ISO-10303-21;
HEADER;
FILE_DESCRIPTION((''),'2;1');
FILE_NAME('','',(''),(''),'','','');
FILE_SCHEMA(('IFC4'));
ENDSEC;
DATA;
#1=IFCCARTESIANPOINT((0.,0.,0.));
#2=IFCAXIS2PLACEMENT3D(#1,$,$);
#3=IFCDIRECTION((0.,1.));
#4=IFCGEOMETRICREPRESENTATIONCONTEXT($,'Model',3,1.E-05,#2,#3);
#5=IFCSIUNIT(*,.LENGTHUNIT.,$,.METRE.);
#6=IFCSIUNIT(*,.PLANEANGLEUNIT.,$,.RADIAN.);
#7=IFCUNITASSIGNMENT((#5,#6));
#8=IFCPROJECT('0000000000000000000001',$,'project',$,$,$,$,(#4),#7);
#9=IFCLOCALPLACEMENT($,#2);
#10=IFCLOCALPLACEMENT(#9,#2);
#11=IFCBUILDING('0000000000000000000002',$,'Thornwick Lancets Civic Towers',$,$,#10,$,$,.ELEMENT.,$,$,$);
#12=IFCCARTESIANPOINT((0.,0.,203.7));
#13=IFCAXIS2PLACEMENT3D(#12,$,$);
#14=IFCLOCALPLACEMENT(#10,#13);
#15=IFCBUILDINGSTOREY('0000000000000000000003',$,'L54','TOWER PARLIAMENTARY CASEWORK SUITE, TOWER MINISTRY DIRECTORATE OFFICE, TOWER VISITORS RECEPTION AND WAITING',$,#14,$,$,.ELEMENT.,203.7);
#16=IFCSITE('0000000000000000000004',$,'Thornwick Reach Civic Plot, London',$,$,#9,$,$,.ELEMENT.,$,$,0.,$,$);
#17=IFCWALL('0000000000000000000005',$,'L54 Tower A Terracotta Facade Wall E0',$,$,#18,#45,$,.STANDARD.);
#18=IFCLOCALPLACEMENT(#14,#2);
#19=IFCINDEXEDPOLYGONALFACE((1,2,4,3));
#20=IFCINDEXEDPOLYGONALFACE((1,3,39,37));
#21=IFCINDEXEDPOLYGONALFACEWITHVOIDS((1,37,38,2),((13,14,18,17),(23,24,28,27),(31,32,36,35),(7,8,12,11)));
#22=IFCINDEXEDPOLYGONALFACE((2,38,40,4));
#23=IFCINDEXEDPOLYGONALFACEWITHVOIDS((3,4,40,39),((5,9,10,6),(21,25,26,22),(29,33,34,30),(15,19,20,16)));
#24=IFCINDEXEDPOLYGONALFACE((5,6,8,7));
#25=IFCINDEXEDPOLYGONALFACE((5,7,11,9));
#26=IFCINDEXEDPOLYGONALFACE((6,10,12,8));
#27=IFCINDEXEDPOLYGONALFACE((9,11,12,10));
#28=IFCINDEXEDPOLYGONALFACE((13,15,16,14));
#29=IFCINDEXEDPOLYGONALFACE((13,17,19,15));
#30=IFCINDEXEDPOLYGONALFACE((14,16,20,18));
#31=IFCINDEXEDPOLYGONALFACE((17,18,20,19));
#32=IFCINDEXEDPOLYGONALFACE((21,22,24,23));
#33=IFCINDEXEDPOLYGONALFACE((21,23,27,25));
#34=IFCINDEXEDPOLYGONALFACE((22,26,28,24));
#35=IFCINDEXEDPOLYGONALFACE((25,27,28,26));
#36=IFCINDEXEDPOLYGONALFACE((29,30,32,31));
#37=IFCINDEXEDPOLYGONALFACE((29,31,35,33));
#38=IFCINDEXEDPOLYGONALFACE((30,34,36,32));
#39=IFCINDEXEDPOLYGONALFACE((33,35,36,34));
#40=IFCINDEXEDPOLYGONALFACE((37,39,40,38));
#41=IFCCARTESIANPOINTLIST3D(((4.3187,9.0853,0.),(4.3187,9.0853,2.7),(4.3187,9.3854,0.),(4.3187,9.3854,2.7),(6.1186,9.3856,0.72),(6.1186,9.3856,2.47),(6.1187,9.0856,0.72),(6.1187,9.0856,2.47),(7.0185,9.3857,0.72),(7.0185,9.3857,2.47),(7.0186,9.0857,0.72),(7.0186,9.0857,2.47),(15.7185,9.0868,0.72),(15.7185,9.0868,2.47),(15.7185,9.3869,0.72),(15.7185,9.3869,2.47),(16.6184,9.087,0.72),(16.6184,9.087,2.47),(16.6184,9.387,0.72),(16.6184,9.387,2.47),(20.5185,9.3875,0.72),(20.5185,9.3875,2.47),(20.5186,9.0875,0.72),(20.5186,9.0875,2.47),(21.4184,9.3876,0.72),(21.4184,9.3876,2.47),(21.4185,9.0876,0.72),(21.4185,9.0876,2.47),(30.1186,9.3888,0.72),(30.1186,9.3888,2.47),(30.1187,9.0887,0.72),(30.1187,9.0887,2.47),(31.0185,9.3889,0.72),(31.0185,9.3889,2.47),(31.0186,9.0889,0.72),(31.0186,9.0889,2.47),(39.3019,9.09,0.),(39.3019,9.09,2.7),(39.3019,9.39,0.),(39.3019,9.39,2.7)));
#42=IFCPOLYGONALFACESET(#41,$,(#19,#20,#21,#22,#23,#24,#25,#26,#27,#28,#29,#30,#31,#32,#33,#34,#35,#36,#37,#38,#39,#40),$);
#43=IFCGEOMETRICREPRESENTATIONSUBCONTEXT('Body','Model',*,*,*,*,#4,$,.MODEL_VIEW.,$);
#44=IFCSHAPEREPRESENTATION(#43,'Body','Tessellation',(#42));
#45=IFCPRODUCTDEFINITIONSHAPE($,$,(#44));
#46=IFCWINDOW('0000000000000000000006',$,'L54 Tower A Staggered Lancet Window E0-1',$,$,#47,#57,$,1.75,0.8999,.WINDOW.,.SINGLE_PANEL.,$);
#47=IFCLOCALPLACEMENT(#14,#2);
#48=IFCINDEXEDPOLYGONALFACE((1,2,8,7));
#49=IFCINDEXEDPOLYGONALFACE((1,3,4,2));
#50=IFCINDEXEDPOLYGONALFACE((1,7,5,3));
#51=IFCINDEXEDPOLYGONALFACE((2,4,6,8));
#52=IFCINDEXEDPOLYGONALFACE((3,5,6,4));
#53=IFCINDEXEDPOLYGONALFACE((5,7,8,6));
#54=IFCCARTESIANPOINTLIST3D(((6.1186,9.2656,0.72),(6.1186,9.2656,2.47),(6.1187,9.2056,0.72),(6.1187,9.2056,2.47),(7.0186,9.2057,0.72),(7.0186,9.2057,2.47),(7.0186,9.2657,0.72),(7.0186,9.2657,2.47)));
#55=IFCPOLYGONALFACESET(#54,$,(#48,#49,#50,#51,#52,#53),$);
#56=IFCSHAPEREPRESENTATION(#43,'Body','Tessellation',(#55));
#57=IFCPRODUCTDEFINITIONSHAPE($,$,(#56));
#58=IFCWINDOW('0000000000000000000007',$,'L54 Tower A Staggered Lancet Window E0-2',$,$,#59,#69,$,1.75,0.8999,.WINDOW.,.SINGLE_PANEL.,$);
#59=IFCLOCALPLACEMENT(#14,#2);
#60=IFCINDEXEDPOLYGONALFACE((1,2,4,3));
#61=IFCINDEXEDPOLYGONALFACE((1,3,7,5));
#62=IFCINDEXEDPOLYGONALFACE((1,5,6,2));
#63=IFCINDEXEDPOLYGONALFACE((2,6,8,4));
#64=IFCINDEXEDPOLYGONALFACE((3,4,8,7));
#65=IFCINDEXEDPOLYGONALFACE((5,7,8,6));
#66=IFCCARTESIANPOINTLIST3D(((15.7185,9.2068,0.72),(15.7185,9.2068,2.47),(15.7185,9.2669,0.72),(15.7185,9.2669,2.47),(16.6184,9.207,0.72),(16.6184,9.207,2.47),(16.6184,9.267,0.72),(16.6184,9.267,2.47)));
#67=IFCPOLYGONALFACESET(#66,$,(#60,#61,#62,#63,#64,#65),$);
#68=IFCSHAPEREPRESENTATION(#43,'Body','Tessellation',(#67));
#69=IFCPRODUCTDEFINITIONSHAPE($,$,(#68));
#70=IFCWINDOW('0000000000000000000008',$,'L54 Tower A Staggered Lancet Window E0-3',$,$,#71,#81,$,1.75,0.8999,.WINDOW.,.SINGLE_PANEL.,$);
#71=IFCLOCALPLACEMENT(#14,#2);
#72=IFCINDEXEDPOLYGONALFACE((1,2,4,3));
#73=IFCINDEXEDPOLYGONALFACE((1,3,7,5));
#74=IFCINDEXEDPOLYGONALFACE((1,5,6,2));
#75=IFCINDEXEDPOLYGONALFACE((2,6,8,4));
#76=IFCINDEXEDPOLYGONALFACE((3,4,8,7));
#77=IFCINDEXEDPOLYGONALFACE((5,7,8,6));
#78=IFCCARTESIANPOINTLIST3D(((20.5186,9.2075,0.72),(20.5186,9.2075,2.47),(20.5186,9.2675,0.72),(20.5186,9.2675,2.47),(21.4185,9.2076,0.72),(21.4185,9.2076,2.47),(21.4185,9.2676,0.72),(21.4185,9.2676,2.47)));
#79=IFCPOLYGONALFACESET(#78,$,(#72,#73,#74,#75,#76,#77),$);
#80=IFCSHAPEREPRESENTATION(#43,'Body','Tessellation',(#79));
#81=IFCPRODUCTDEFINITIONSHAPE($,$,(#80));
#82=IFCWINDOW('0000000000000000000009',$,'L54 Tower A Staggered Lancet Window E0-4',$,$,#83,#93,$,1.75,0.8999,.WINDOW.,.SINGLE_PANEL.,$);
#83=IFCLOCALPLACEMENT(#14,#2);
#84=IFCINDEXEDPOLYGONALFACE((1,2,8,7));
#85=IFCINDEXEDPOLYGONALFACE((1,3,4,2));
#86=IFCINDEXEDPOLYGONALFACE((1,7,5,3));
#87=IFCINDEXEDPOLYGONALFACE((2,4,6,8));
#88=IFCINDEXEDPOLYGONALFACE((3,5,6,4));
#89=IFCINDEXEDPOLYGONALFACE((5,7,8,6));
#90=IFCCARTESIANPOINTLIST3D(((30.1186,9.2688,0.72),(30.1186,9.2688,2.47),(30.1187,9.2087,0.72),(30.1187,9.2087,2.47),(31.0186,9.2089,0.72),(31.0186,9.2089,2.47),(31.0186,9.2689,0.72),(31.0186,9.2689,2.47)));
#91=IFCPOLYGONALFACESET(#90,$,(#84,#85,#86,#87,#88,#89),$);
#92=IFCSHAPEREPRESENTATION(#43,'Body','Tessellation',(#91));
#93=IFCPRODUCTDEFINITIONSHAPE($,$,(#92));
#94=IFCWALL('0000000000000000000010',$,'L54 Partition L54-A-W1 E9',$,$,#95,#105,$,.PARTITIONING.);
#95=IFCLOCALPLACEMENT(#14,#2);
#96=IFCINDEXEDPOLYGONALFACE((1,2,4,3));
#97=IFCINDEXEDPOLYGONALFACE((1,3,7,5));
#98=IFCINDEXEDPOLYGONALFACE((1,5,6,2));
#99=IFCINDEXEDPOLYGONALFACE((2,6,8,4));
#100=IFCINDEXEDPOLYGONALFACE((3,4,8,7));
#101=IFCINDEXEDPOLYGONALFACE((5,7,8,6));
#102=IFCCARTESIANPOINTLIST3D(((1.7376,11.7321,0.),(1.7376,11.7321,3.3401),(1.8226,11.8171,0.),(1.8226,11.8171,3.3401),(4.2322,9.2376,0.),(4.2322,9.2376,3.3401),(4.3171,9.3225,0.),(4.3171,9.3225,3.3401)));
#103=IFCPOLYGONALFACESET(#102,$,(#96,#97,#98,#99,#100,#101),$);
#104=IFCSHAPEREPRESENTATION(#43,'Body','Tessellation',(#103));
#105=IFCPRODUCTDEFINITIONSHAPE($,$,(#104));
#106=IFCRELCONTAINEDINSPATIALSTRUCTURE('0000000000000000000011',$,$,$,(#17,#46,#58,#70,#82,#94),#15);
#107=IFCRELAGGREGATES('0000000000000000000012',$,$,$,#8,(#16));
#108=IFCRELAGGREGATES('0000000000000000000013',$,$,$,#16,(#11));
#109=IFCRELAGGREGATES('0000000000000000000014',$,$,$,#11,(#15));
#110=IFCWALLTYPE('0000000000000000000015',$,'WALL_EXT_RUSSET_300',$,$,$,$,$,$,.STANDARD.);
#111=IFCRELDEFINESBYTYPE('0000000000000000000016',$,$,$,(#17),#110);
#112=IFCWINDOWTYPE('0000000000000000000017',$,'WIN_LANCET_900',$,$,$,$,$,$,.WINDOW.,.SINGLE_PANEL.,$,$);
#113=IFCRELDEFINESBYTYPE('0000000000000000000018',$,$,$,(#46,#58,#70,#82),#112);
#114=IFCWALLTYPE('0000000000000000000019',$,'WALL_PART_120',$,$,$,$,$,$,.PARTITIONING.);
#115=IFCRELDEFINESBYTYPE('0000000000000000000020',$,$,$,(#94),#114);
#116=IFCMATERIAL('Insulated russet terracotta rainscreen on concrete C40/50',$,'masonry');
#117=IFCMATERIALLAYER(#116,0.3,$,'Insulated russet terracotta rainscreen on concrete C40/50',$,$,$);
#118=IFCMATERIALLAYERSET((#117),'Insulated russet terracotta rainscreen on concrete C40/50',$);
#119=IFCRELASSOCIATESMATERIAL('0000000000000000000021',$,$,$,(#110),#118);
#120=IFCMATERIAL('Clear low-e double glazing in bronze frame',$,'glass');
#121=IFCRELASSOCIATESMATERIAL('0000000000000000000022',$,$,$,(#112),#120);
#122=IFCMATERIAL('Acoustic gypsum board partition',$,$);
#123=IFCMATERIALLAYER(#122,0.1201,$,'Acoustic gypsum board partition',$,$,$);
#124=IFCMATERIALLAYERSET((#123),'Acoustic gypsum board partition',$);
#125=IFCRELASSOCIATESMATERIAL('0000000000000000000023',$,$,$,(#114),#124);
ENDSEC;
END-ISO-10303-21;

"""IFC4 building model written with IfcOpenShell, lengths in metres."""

from ifc_helpers import new_model, si_unit, direction, frame, frame_2d, origin, place, context, subcontext, project, spatial, rectangle, extrude, material, layer, layer_set, type_object, element, fill, save


model = new_model("IFC4")

# Units and contexts
model_context = context("Model", 3, precision=1e-05, world=origin(), true_north=direction((0.0, 1.0)))
body_context = subcontext(model_context, "Body", "Model", "MODEL_VIEW")
ifc_project = project(units=[si_unit("LENGTHUNIT", "METRE"), si_unit("PLANEANGLEUNIT", "RADIAN")], contexts=[model_context])

# Site, building, storey
site_placement = place(None, origin())
site = spatial("IfcSite", under=ifc_project, at=site_placement, Name="Thornwick Reach Civic Plot, London", CompositionType="ELEMENT", RefElevation=0.0)
building_placement = place(site_placement, origin())
building = spatial("IfcBuilding", under=site, at=building_placement, Name="Thornwick Lancets Civic Towers", CompositionType="ELEMENT")
storey_placement = place(building_placement, frame((0.0, 0.0, 203.7)))
storey = spatial("IfcBuildingStorey", under=building, at=storey_placement, Name="L54", Description="TOWER PARLIAMENTARY CASEWORK SUITE, TOWER MINISTRY DIRECTORATE OFFICE, TOWER VISITORS RECEPTION AND WAITING", CompositionType="ELEMENT", Elevation=203.7)

# Wall, openings, windows
ifc_material_1 = material(Name="Insulated russet terracotta rainscreen on concrete C40/50", Category="masonry")
ifc_layer_1 = layer(ifc_material_1, 0.3, Name="Insulated russet terracotta rainscreen on concrete C40/50")
ifc_layer_set_1 = layer_set([ifc_layer_1], Name="Insulated russet terracotta rainscreen on concrete C40/50")
wall_type_1 = type_object("IfcWallType", Name="WALL_EXT_RUSSET_300", PredefinedType="STANDARD", material=ifc_layer_set_1)
wall_1_placement = place(storey_placement, frame((4.3186, 9.2354, 0.0), z_axis=(0.0, 0.0, 1.0), x_axis=(1.0, 0.000133, 0.0)))
wall_1 = element("IfcWall", 1, at=wall_1_placement, inside=storey, type_object=wall_type_1, Name="L54 Tower A Terracotta Facade Wall E0", PredefinedType="STANDARD", context=body_context, shape_type="SweptSolid", body=[
    extrude(rectangle(XDim=34.9832, YDim=0.3, at=frame_2d((17.4917, 0.0))), origin(), (0.0, 0.0, 1.0), 2.7),
])
opening_1_placement = place(wall_1_placement, frame((1.8, 0.0, 0.72)))
opening_1 = element("IfcOpeningElement", 2, at=opening_1_placement, cuts=wall_1, PredefinedType="OPENING", context=body_context, shape_type="SweptSolid", body=[
    extrude(rectangle(XDim=0.8999, YDim=1.75, at=frame_2d((0.45, 0.875))), frame((0.0, 0.1602, 0.0), z_axis=(0.0, -1.0, 0.0), x_axis=(1.0, 0.0, 0.0)), (0.0, 0.0, 1.0), 0.3201),
])
opening_2_placement = place(wall_1_placement, frame((11.3999, 0.0, 0.72)))
opening_2 = element("IfcOpeningElement", 3, at=opening_2_placement, cuts=wall_1, PredefinedType="OPENING", context=body_context, shape_type="SweptSolid", body=[
    extrude(rectangle(XDim=0.8999, YDim=1.75, at=frame_2d((0.45, 0.875))), frame((0.0, 0.1602, 0.0), z_axis=(0.0, -1.0, 0.0), x_axis=(1.0, 0.0, 0.0)), (0.0, 0.0, 1.0), 0.3201),
])
opening_3_placement = place(wall_1_placement, frame((16.2, 0.0, 0.72)))
opening_3 = element("IfcOpeningElement", 4, at=opening_3_placement, cuts=wall_1, PredefinedType="OPENING", context=body_context, shape_type="SweptSolid", body=[
    extrude(rectangle(XDim=0.8999, YDim=1.75, at=frame_2d((0.45, 0.875))), frame((0.0, 0.1602, 0.0), z_axis=(0.0, -1.0, 0.0), x_axis=(1.0, 0.0, 0.0)), (0.0, 0.0, 1.0), 0.3201),
])
opening_4_placement = place(wall_1_placement, frame((25.8, 0.0, 0.72)))
opening_4 = element("IfcOpeningElement", 5, at=opening_4_placement, cuts=wall_1, PredefinedType="OPENING", context=body_context, shape_type="SweptSolid", body=[
    extrude(rectangle(XDim=0.8999, YDim=1.75, at=frame_2d((0.45, 0.875))), frame((0.0, 0.1602, 0.0), z_axis=(0.0, -1.0, 0.0), x_axis=(1.0, 0.0, 0.0)), (0.0, 0.0, 1.0), 0.3201),
])
ifc_material_2 = material(Name="Clear low-e double glazing in bronze frame", Category="glass")
window_type = type_object("IfcWindowType", Name="WIN_LANCET_900", PartitioningType="SINGLE_PANEL", PredefinedType="WINDOW", material=ifc_material_2)
window_1_placement = place(opening_1_placement, origin())
window_1 = element("IfcWindow", 6, at=window_1_placement, inside=storey, type_object=window_type, Name="L54 Tower A Staggered Lancet Window E0-1", OverallHeight=1.75, OverallWidth=0.8999, PartitioningType="SINGLE_PANEL", PredefinedType="WINDOW", context=body_context, shape_type="SweptSolid", body=[
    extrude(rectangle(XDim=0.8999, YDim=1.75, at=frame_2d((0.45, 0.875))), frame((0.0, 0.03, 0.0), z_axis=(0.0, -1.0, 0.0), x_axis=(1.0, 0.0, 0.0)), (0.0, 0.0, 1.0), 0.0601),
])
fill(opening_1, window_1)
window_2_placement = place(opening_2_placement, origin())
window_2 = element("IfcWindow", 7, at=window_2_placement, inside=storey, type_object=window_type, Name="L54 Tower A Staggered Lancet Window E0-2", OverallHeight=1.75, OverallWidth=0.8999, PartitioningType="SINGLE_PANEL", PredefinedType="WINDOW", context=body_context, shape_type="SweptSolid", body=[
    extrude(rectangle(XDim=0.8999, YDim=1.75, at=frame_2d((0.45, 0.875))), frame((0.0, 0.03, 0.0), z_axis=(0.0, -1.0, 0.0), x_axis=(1.0, 0.0, 0.0)), (0.0, 0.0, 1.0), 0.0601),
])
fill(opening_2, window_2)
window_3_placement = place(opening_3_placement, origin())
window_3 = element("IfcWindow", 8, at=window_3_placement, inside=storey, type_object=window_type, Name="L54 Tower A Staggered Lancet Window E0-3", OverallHeight=1.75, OverallWidth=0.8999, PartitioningType="SINGLE_PANEL", PredefinedType="WINDOW", context=body_context, shape_type="SweptSolid", body=[
    extrude(rectangle(XDim=0.8999, YDim=1.75, at=frame_2d((0.45, 0.875))), frame((0.0, 0.03, 0.0), z_axis=(0.0, -1.0, 0.0), x_axis=(1.0, 0.0, 0.0)), (0.0, 0.0, 1.0), 0.0601),
])
fill(opening_3, window_3)
window_4_placement = place(opening_4_placement, origin())
window_4 = element("IfcWindow", 9, at=window_4_placement, inside=storey, type_object=window_type, Name="L54 Tower A Staggered Lancet Window E0-4", OverallHeight=1.75, OverallWidth=0.8999, PartitioningType="SINGLE_PANEL", PredefinedType="WINDOW", context=body_context, shape_type="SweptSolid", body=[
    extrude(rectangle(XDim=0.8999, YDim=1.75, at=frame_2d((0.45, 0.875))), frame((0.0, 0.03, 0.0), z_axis=(0.0, -1.0, 0.0), x_axis=(1.0, 0.0, 0.0)), (0.0, 0.0, 1.0), 0.0601),
])
fill(opening_4, window_4)

# Wall
ifc_material_3 = material(Name="Acoustic gypsum board partition")
ifc_layer_2 = layer(ifc_material_3, 0.1201, Name="Acoustic gypsum board partition")
ifc_layer_set_2 = layer_set([ifc_layer_2], Name="Acoustic gypsum board partition")
wall_type_2 = type_object("IfcWallType", Name="WALL_PART_120", PredefinedType="PARTITIONING", material=ifc_layer_set_2)
wall_2_placement = place(storey_placement, frame((4.2747, 9.28, 0.0), z_axis=(0.0, 0.0, 1.0), x_axis=(-0.707107, 0.707107, 0.0)))
element("IfcWall", 10, at=wall_2_placement, inside=storey, type_object=wall_type_2, Name="L54 Partition L54-A-W1 E9", PredefinedType="PARTITIONING", context=body_context, shape_type="SweptSolid", body=[
    extrude(rectangle(XDim=3.5278, YDim=0.1201, at=frame_2d((1.7639, 0.0))), origin(), (0.0, 0.0, 1.0), 3.3401),
])

save(model, "model.ifc")
